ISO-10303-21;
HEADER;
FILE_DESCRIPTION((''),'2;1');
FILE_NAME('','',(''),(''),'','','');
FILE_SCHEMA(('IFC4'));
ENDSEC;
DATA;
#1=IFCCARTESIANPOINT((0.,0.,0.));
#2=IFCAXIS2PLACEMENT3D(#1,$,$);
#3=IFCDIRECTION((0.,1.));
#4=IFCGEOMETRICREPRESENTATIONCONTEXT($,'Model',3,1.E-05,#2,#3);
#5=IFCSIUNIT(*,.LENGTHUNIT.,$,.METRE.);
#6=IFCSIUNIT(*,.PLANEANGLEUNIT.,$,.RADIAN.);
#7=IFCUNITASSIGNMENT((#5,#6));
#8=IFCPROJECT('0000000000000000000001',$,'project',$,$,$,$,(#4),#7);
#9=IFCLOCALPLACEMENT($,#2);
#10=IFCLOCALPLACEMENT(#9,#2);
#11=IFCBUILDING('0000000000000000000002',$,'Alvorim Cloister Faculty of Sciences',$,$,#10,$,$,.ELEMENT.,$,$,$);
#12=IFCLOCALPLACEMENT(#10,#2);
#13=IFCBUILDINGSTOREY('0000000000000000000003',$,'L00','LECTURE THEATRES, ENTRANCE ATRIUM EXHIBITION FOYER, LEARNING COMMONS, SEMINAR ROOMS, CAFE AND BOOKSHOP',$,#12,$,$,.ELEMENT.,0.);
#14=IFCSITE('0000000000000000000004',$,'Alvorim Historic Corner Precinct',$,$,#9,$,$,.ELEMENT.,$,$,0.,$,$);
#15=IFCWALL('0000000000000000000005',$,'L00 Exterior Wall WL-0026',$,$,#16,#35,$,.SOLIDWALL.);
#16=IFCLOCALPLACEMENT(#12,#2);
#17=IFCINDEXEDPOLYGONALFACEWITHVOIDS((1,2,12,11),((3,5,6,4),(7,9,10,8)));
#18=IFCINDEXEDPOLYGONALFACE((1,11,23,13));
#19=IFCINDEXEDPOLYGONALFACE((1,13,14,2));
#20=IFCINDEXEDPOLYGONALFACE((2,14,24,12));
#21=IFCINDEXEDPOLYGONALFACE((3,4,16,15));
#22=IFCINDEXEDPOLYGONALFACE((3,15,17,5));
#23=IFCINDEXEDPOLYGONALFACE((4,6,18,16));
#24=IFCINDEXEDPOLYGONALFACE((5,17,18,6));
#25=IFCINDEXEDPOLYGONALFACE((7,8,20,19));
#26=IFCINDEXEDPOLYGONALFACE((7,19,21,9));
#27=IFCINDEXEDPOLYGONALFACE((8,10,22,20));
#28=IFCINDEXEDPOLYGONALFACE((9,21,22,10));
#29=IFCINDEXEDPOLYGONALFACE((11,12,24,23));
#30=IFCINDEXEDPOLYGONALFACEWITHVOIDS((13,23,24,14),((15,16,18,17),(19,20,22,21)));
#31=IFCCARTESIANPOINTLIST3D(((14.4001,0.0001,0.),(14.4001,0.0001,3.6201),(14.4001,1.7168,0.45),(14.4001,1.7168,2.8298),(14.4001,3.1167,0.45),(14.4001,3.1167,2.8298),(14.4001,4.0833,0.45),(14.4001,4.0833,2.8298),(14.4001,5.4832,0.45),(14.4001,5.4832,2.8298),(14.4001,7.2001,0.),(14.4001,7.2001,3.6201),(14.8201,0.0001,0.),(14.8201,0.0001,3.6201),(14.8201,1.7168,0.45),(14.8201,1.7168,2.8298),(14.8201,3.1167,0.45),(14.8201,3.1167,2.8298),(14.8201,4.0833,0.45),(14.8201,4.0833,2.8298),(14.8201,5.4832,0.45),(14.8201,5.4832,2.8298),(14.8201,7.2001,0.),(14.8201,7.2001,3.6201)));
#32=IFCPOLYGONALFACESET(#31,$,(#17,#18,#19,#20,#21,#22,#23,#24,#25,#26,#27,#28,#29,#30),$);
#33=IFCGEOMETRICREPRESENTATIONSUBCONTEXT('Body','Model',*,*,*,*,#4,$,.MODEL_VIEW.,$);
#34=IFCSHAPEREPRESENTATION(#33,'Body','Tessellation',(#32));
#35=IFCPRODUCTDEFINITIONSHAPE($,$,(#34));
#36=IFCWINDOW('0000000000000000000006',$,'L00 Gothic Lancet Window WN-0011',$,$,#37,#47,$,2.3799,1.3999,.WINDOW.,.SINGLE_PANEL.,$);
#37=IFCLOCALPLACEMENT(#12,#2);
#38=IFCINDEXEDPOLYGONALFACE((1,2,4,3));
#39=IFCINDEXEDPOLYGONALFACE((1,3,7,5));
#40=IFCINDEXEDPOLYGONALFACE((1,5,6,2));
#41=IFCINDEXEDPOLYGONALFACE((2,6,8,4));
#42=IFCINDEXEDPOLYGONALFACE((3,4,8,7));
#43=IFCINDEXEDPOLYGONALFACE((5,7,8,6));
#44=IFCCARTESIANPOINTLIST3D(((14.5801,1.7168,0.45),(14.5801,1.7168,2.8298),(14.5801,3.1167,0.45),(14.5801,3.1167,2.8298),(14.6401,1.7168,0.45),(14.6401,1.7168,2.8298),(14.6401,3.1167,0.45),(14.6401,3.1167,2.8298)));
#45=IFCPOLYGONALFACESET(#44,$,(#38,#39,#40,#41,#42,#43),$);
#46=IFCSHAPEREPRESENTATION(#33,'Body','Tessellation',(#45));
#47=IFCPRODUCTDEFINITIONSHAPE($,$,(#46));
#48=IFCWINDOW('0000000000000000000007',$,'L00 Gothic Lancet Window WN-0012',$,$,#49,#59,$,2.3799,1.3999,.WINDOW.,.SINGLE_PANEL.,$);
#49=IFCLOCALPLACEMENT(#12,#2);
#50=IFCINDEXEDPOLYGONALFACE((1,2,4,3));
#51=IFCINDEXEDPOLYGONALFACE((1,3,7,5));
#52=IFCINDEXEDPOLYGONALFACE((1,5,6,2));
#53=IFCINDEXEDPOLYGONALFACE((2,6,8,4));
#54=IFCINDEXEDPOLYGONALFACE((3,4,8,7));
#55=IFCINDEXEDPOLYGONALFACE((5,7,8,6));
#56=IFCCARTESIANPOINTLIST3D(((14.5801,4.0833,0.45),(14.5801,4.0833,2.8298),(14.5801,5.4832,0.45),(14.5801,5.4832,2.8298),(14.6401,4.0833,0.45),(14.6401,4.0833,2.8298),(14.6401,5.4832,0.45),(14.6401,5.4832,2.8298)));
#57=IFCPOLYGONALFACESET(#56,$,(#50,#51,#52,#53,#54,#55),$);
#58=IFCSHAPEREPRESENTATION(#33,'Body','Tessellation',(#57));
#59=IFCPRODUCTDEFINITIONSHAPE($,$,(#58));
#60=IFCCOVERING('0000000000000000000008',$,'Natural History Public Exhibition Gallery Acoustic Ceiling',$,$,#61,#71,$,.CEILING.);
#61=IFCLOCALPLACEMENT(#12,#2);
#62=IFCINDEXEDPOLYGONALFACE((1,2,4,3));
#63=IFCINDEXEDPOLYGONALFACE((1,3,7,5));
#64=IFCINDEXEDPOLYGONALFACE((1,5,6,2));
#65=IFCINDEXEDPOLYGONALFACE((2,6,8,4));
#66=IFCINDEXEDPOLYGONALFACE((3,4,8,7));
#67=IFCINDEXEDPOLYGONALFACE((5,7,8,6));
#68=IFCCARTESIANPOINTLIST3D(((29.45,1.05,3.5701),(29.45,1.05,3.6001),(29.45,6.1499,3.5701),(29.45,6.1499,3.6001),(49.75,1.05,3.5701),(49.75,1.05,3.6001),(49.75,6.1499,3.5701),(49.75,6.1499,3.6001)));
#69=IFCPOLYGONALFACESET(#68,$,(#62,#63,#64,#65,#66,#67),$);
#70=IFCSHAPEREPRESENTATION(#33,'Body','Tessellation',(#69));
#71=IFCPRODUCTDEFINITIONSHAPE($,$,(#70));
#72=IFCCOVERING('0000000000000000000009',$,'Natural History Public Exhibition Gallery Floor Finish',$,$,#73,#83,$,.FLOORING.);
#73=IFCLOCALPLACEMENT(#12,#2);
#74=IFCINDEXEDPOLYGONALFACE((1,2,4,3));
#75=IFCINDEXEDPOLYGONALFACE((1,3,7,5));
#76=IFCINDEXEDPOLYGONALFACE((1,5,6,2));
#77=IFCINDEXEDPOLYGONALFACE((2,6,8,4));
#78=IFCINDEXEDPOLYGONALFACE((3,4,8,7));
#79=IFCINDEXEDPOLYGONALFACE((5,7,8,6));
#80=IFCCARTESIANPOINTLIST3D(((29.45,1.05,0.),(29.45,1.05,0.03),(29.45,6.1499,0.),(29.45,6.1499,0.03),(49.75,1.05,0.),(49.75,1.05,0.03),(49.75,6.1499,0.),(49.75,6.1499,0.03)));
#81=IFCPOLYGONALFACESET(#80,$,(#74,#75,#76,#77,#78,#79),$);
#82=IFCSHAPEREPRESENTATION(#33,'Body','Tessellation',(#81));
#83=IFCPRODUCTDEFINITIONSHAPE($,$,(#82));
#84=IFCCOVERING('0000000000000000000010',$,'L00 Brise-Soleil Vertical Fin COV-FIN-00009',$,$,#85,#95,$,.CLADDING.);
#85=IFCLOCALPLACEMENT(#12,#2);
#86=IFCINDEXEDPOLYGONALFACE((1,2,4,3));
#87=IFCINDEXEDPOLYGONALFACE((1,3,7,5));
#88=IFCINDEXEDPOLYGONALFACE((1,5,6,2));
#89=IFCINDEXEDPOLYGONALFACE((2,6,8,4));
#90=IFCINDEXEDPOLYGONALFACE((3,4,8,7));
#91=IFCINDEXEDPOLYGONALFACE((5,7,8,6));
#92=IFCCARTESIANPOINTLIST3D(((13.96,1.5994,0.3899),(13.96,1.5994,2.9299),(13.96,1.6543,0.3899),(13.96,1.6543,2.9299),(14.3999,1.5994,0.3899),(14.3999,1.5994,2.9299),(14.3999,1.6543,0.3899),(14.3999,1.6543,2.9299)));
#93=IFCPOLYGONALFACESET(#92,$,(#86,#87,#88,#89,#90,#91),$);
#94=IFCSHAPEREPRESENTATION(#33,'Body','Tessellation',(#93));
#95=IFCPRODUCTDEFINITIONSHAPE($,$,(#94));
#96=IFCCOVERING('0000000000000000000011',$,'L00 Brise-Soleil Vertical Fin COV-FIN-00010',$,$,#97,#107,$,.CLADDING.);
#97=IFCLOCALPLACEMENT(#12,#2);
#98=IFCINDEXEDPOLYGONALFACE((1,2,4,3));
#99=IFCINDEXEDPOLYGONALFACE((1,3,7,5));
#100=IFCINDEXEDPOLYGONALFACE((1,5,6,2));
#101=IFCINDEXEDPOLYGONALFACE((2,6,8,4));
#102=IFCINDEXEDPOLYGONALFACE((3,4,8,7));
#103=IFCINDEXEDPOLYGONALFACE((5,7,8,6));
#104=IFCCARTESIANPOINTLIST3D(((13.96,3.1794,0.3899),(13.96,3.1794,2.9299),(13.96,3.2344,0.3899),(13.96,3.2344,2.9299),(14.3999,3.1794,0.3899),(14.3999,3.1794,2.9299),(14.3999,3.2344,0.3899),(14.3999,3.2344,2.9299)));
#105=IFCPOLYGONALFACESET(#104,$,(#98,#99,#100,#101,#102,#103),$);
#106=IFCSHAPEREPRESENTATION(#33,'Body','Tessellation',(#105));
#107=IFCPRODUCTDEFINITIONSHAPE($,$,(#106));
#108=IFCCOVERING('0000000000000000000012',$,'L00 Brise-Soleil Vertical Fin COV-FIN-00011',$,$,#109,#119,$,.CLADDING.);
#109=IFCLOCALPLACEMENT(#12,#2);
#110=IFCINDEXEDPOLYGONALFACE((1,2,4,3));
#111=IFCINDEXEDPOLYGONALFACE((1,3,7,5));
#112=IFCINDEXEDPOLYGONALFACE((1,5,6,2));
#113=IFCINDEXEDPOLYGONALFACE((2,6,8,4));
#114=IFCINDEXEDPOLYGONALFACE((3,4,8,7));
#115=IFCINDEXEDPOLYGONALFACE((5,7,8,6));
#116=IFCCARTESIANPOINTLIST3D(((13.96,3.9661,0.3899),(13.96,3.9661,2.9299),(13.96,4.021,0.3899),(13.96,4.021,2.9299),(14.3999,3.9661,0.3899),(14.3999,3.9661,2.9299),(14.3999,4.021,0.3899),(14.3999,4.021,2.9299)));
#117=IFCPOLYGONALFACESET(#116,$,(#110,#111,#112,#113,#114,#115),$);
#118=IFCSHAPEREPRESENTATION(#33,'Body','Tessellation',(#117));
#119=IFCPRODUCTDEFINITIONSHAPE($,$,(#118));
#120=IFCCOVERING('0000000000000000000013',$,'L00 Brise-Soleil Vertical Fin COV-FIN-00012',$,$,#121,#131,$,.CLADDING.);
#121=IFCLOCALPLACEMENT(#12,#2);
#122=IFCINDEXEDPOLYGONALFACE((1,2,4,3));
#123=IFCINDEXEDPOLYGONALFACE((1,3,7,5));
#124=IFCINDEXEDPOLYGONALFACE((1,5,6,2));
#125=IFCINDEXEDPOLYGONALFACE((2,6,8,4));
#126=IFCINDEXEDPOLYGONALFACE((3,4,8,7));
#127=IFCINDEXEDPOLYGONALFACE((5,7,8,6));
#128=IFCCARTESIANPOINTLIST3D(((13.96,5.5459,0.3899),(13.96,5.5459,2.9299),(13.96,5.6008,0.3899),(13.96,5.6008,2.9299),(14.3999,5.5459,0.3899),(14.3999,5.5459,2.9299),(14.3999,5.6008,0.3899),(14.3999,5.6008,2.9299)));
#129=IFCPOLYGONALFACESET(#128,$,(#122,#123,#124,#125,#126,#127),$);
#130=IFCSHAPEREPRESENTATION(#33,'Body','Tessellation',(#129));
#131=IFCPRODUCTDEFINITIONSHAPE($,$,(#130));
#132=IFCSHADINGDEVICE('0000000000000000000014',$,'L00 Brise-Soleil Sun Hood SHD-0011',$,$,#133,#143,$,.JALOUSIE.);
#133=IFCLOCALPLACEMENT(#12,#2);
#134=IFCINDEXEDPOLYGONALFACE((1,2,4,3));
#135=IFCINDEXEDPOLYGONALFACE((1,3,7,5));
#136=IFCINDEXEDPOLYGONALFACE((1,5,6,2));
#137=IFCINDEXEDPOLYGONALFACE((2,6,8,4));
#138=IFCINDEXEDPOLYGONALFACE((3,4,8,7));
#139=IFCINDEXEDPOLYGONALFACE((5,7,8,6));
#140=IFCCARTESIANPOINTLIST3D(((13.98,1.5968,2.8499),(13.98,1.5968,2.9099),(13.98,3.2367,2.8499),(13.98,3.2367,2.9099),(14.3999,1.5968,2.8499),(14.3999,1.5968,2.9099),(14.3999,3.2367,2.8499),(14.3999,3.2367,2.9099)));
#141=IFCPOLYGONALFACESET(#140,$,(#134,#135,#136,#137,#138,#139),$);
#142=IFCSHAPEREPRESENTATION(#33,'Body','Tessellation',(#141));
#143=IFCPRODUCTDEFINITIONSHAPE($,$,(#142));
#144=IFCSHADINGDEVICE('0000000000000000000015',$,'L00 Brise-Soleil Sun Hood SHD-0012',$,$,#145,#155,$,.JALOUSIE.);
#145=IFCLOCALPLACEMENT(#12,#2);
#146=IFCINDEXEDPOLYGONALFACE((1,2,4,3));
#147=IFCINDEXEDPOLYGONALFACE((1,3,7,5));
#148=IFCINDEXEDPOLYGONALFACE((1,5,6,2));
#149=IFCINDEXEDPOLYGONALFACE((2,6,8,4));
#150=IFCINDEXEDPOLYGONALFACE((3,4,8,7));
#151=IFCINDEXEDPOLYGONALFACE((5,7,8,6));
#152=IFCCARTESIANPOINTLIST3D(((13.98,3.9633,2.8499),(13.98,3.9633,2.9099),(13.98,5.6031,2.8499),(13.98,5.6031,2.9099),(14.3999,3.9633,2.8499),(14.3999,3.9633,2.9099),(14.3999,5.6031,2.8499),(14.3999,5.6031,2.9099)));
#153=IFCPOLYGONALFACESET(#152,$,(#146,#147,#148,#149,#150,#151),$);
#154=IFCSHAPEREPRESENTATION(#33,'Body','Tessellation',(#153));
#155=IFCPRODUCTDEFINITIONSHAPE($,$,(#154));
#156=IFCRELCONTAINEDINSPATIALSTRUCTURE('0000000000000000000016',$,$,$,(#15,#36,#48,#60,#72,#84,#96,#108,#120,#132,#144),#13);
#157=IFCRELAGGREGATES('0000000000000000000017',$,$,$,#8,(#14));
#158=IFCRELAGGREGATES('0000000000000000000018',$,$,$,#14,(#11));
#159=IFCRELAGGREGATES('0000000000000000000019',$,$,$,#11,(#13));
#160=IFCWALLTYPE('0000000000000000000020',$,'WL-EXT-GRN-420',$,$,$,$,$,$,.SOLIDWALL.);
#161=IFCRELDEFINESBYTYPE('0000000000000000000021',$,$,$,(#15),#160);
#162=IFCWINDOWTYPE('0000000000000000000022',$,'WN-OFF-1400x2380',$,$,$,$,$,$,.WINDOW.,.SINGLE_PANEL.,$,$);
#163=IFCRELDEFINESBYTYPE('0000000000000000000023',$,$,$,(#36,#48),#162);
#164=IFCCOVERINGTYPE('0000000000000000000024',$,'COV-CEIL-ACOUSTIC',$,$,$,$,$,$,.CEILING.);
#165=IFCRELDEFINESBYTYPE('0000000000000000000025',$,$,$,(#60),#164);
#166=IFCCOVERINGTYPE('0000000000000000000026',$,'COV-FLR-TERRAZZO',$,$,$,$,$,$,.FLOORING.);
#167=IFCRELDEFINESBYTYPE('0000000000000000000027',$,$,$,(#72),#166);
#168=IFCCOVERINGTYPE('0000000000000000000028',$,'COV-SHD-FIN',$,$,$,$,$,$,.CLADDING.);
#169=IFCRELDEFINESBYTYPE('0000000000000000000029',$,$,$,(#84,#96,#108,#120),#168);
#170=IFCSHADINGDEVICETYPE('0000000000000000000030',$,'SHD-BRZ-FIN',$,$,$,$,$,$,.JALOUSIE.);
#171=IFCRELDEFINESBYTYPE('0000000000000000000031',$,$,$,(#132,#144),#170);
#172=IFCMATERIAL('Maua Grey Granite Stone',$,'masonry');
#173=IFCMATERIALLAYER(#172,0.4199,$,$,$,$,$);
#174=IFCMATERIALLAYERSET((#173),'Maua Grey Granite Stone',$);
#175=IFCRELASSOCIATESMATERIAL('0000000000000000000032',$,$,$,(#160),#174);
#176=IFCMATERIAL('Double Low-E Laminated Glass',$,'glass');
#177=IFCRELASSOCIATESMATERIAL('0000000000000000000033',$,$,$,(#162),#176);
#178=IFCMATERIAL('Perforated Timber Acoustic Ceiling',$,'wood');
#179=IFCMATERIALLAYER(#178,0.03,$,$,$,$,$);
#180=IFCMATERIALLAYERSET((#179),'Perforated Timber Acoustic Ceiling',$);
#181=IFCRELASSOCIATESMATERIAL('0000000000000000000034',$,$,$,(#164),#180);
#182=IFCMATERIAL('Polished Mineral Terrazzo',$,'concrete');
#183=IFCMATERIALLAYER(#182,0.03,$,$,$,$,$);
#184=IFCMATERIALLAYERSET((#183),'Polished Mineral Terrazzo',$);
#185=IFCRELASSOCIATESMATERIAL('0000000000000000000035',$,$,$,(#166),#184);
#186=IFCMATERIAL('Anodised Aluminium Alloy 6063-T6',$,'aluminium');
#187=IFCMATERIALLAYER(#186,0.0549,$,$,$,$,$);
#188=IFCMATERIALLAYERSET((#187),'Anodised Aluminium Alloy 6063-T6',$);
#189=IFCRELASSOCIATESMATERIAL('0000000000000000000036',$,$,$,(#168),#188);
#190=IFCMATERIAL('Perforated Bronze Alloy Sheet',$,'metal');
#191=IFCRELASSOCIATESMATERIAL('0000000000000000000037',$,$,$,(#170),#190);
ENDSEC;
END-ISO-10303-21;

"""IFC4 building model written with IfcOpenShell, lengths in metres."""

from ifc_helpers import new_model, si_unit, direction, frame, frame_2d, origin, origin_2d, place, context, subcontext, project, spatial, polyline, rectangle, outline, extrude, material, layer, layer_set, type_object, element, fill, save


model = new_model("IFC4")

# Units and contexts
model_context = context("Model", 3, precision=1e-05, world=origin(), true_north=direction((0.0, 1.0)))
body_context = subcontext(model_context, "Body", "Model", "MODEL_VIEW")
ifc_project = project(units=[si_unit("LENGTHUNIT", "METRE"), si_unit("PLANEANGLEUNIT", "RADIAN")], contexts=[model_context])

# Site, building, storey
site_placement = place(None, origin())
site = spatial("IfcSite", under=ifc_project, at=site_placement, Name="Alvorim Historic Corner Precinct", CompositionType="ELEMENT", RefElevation=0.0)
building_placement = place(site_placement, origin())
building = spatial("IfcBuilding", under=site, at=building_placement, Name="Alvorim Cloister Faculty of Sciences", CompositionType="ELEMENT")
storey_placement = place(building_placement, origin())
storey = spatial("IfcBuildingStorey", under=building, at=storey_placement, Name="L00", Description="LECTURE THEATRES, ENTRANCE ATRIUM EXHIBITION FOYER, LEARNING COMMONS, SEMINAR ROOMS, CAFE AND BOOKSHOP", CompositionType="ELEMENT", Elevation=0.0)

# Shared definitions
ifc_material_1 = material(Name="Maua Grey Granite Stone", Category="masonry")
ifc_layer_1 = layer(ifc_material_1, 0.4199)
ifc_layer_set_1 = layer_set([ifc_layer_1], Name="Maua Grey Granite Stone")
wall_type = type_object("IfcWallType", Name="WL-EXT-GRN-420", PredefinedType="SOLIDWALL", material=ifc_layer_set_1)

# Wall, openings, windows
wall_1_placement = place(storey_placement, frame((14.6101, 0.0, 0.0), z_axis=(0.0, 0.0, 1.0), x_axis=(0.0, 1.0, 0.0)))
wall_1 = element("IfcWall", 1, at=wall_1_placement, inside=storey, type_object=wall_type, Name="L00 Exterior Wall WL-0026", PredefinedType="SOLIDWALL", context=body_context, shape_type="SweptSolid", body=[
    extrude(rectangle(XDim=7.2, YDim=0.4199, at=frame_2d((3.6001, 0.0))), origin(), (0.0, 0.0, 1.0), 3.6201),
])
opening_1_placement = place(wall_1_placement, frame((1.7168, 0.0, 0.45)))
opening_1 = element("IfcOpeningElement", 2, at=opening_1_placement, cuts=wall_1, PredefinedType="OPENING", context=body_context, shape_type="SweptSolid", body=[
    extrude(rectangle(XDim=1.3999, YDim=2.3799, at=frame_2d((0.7, 1.1899))), frame((0.0, 0.2219, 0.0), z_axis=(0.0, -1.0, 0.0), x_axis=(1.0, 0.0, 0.0)), (0.0, 0.0, 1.0), 0.4438),
])
opening_2_placement = place(wall_1_placement, frame((4.0833, 0.0, 0.45)))
opening_2 = element("IfcOpeningElement", 3, at=opening_2_placement, cuts=wall_1, PredefinedType="OPENING", context=body_context, shape_type="SweptSolid", body=[
    extrude(rectangle(XDim=1.3999, YDim=2.3799, at=frame_2d((0.7, 1.1899))), frame((0.0, 0.2219, 0.0), z_axis=(0.0, -1.0, 0.0), x_axis=(1.0, 0.0, 0.0)), (0.0, 0.0, 1.0), 0.4438),
])
ifc_material_2 = material(Name="Double Low-E Laminated Glass", Category="glass")
window_type = type_object("IfcWindowType", Name="WN-OFF-1400x2380", PartitioningType="SINGLE_PANEL", PredefinedType="WINDOW", material=ifc_material_2)
window_1_placement = place(opening_1_placement, origin())
window_1 = element("IfcWindow", 4, at=window_1_placement, inside=storey, type_object=window_type, Name="L00 Gothic Lancet Window WN-0011", OverallHeight=2.3799, OverallWidth=1.3999, PartitioningType="SINGLE_PANEL", PredefinedType="WINDOW", context=body_context, shape_type="SweptSolid", body=[
    extrude(rectangle(XDim=1.3999, YDim=2.3799, at=frame_2d((0.7, 1.1899))), frame((0.0, 0.03, 0.0), z_axis=(0.0, -1.0, 0.0), x_axis=(1.0, 0.0, 0.0)), (0.0, 0.0, 1.0), 0.0601),
])
fill(opening_1, window_1)
window_2_placement = place(opening_2_placement, origin())
window_2 = element("IfcWindow", 5, at=window_2_placement, inside=storey, type_object=window_type, Name="L00 Gothic Lancet Window WN-0012", OverallHeight=2.3799, OverallWidth=1.3999, PartitioningType="SINGLE_PANEL", PredefinedType="WINDOW", context=body_context, shape_type="SweptSolid", body=[
    extrude(rectangle(XDim=1.3999, YDim=2.3799, at=frame_2d((0.7, 1.1899))), frame((0.0, 0.03, 0.0), z_axis=(0.0, -1.0, 0.0), x_axis=(1.0, 0.0, 0.0)), (0.0, 0.0, 1.0), 0.0601),
])
fill(opening_2, window_2)

# Coverings
ifc_material_3 = material(Name="Perforated Timber Acoustic Ceiling", Category="wood")
ifc_layer_2 = layer(ifc_material_3, 0.03)
ifc_layer_set_2 = layer_set([ifc_layer_2], Name="Perforated Timber Acoustic Ceiling")
covering_type_1 = type_object("IfcCoveringType", Name="COV-CEIL-ACOUSTIC", PredefinedType="CEILING", material=ifc_layer_set_2)
covering_1_placement = place(storey_placement, frame((0.0, 0.0, 3.5701)))
element("IfcCovering", 6, at=covering_1_placement, inside=storey, type_object=covering_type_1, Name="Natural History Public Exhibition Gallery Acoustic Ceiling", PredefinedType="CEILING", context=body_context, shape_type="SweptSolid", body=[
    extrude(outline(polyline([(29.45, 1.05), (49.75, 1.05), (49.75, 6.1499), (29.45, 6.1499), (29.45, 1.05)])), origin(), (0.0, 0.0, 1.0), 0.03),
])
ifc_material_4 = material(Name="Polished Mineral Terrazzo", Category="concrete")
ifc_layer_3 = layer(ifc_material_4, 0.03)
ifc_layer_set_3 = layer_set([ifc_layer_3], Name="Polished Mineral Terrazzo")
covering_type_2 = type_object("IfcCoveringType", Name="COV-FLR-TERRAZZO", PredefinedType="FLOORING", material=ifc_layer_set_3)
covering_2_placement = place(storey_placement, origin())
element("IfcCovering", 7, at=covering_2_placement, inside=storey, type_object=covering_type_2, Name="Natural History Public Exhibition Gallery Floor Finish", PredefinedType="FLOORING", context=body_context, shape_type="SweptSolid", body=[
    extrude(outline(polyline([(29.45, 1.05), (49.75, 1.05), (49.75, 6.1499), (29.45, 6.1499), (29.45, 1.05)])), origin(), (0.0, 0.0, 1.0), 0.03),
])
ifc_material_5 = material(Name="Anodised Aluminium Alloy 6063-T6", Category="aluminium")
ifc_layer_4 = layer(ifc_material_5, 0.0549)
ifc_layer_set_4 = layer_set([ifc_layer_4], Name="Anodised Aluminium Alloy 6063-T6")
covering_type_3 = type_object("IfcCoveringType", Name="COV-SHD-FIN", PredefinedType="CLADDING", material=ifc_layer_set_4)
for number, where, z_axis, x_axis, name in (
    (8, (14.3999, 1.6267, 0.3899), (0.0, 0.0, 1.0), (-1.0, 0.0, 0.0), "L00 Brise-Soleil Vertical Fin COV-FIN-00009"),
    (9, (14.3999, 3.2068, 0.3899), (0.0, 0.0, 1.0), (-1.0, 0.0, 0.0), "L00 Brise-Soleil Vertical Fin COV-FIN-00010"),
    (10, (14.3999, 3.9934, 0.3899), (0.0, 0.0, 1.0), (-1.0, 0.0, 0.0), "L00 Brise-Soleil Vertical Fin COV-FIN-00011"),
    (11, (14.3999, 5.5732, 0.3899), (0.0, 0.0, 1.0), (-1.0, 0.0, 0.0), "L00 Brise-Soleil Vertical Fin COV-FIN-00012"),
):
    element("IfcCovering", number, at=place(storey_placement, frame(where, z_axis=z_axis, x_axis=x_axis)), inside=storey, type_object=covering_type_3, Name=name, PredefinedType="CLADDING", context=body_context, shape_type="SweptSolid", body=[
        extrude(outline(polyline([(0.0, 0.0), (0.4399, 0.0), (0.4399, 2.54), (0.0, 2.54), (0.0, 0.0)])), frame((0.0, 0.0273, 0.0), z_axis=(0.0, -1.0, 0.0), x_axis=(1.0, 0.0, 0.0)), (0.0, 0.0, 1.0), 0.0549),
    ])

# Shading devices
ifc_material_6 = material(Name="Perforated Bronze Alloy Sheet", Category="metal")
shading_device_type = type_object("IfcShadingDeviceType", Name="SHD-BRZ-FIN", PredefinedType="JALOUSIE", material=ifc_material_6)
for number, where, z_axis, x_axis, name in (
    (12, (14.1899, 2.4167, 2.8499), (0.0, 0.0, 1.0), (1.0, 0.0, 0.0), "L00 Brise-Soleil Sun Hood SHD-0011"),
    (13, (14.1899, 4.7832, 2.8499), (0.0, 0.0, 1.0), (1.0, 0.0, 0.0), "L00 Brise-Soleil Sun Hood SHD-0012"),
):
    element("IfcShadingDevice", number, at=place(storey_placement, frame(where, z_axis=z_axis, x_axis=x_axis)), inside=storey, type_object=shading_device_type, Name=name, PredefinedType="JALOUSIE", context=body_context, shape_type="SweptSolid", body=[
        extrude(rectangle(XDim=0.4199, YDim=1.6399, at=origin_2d()), origin(), (0.0, 0.0, 1.0), 0.0601),
    ])

save(model, "model.ifc")
